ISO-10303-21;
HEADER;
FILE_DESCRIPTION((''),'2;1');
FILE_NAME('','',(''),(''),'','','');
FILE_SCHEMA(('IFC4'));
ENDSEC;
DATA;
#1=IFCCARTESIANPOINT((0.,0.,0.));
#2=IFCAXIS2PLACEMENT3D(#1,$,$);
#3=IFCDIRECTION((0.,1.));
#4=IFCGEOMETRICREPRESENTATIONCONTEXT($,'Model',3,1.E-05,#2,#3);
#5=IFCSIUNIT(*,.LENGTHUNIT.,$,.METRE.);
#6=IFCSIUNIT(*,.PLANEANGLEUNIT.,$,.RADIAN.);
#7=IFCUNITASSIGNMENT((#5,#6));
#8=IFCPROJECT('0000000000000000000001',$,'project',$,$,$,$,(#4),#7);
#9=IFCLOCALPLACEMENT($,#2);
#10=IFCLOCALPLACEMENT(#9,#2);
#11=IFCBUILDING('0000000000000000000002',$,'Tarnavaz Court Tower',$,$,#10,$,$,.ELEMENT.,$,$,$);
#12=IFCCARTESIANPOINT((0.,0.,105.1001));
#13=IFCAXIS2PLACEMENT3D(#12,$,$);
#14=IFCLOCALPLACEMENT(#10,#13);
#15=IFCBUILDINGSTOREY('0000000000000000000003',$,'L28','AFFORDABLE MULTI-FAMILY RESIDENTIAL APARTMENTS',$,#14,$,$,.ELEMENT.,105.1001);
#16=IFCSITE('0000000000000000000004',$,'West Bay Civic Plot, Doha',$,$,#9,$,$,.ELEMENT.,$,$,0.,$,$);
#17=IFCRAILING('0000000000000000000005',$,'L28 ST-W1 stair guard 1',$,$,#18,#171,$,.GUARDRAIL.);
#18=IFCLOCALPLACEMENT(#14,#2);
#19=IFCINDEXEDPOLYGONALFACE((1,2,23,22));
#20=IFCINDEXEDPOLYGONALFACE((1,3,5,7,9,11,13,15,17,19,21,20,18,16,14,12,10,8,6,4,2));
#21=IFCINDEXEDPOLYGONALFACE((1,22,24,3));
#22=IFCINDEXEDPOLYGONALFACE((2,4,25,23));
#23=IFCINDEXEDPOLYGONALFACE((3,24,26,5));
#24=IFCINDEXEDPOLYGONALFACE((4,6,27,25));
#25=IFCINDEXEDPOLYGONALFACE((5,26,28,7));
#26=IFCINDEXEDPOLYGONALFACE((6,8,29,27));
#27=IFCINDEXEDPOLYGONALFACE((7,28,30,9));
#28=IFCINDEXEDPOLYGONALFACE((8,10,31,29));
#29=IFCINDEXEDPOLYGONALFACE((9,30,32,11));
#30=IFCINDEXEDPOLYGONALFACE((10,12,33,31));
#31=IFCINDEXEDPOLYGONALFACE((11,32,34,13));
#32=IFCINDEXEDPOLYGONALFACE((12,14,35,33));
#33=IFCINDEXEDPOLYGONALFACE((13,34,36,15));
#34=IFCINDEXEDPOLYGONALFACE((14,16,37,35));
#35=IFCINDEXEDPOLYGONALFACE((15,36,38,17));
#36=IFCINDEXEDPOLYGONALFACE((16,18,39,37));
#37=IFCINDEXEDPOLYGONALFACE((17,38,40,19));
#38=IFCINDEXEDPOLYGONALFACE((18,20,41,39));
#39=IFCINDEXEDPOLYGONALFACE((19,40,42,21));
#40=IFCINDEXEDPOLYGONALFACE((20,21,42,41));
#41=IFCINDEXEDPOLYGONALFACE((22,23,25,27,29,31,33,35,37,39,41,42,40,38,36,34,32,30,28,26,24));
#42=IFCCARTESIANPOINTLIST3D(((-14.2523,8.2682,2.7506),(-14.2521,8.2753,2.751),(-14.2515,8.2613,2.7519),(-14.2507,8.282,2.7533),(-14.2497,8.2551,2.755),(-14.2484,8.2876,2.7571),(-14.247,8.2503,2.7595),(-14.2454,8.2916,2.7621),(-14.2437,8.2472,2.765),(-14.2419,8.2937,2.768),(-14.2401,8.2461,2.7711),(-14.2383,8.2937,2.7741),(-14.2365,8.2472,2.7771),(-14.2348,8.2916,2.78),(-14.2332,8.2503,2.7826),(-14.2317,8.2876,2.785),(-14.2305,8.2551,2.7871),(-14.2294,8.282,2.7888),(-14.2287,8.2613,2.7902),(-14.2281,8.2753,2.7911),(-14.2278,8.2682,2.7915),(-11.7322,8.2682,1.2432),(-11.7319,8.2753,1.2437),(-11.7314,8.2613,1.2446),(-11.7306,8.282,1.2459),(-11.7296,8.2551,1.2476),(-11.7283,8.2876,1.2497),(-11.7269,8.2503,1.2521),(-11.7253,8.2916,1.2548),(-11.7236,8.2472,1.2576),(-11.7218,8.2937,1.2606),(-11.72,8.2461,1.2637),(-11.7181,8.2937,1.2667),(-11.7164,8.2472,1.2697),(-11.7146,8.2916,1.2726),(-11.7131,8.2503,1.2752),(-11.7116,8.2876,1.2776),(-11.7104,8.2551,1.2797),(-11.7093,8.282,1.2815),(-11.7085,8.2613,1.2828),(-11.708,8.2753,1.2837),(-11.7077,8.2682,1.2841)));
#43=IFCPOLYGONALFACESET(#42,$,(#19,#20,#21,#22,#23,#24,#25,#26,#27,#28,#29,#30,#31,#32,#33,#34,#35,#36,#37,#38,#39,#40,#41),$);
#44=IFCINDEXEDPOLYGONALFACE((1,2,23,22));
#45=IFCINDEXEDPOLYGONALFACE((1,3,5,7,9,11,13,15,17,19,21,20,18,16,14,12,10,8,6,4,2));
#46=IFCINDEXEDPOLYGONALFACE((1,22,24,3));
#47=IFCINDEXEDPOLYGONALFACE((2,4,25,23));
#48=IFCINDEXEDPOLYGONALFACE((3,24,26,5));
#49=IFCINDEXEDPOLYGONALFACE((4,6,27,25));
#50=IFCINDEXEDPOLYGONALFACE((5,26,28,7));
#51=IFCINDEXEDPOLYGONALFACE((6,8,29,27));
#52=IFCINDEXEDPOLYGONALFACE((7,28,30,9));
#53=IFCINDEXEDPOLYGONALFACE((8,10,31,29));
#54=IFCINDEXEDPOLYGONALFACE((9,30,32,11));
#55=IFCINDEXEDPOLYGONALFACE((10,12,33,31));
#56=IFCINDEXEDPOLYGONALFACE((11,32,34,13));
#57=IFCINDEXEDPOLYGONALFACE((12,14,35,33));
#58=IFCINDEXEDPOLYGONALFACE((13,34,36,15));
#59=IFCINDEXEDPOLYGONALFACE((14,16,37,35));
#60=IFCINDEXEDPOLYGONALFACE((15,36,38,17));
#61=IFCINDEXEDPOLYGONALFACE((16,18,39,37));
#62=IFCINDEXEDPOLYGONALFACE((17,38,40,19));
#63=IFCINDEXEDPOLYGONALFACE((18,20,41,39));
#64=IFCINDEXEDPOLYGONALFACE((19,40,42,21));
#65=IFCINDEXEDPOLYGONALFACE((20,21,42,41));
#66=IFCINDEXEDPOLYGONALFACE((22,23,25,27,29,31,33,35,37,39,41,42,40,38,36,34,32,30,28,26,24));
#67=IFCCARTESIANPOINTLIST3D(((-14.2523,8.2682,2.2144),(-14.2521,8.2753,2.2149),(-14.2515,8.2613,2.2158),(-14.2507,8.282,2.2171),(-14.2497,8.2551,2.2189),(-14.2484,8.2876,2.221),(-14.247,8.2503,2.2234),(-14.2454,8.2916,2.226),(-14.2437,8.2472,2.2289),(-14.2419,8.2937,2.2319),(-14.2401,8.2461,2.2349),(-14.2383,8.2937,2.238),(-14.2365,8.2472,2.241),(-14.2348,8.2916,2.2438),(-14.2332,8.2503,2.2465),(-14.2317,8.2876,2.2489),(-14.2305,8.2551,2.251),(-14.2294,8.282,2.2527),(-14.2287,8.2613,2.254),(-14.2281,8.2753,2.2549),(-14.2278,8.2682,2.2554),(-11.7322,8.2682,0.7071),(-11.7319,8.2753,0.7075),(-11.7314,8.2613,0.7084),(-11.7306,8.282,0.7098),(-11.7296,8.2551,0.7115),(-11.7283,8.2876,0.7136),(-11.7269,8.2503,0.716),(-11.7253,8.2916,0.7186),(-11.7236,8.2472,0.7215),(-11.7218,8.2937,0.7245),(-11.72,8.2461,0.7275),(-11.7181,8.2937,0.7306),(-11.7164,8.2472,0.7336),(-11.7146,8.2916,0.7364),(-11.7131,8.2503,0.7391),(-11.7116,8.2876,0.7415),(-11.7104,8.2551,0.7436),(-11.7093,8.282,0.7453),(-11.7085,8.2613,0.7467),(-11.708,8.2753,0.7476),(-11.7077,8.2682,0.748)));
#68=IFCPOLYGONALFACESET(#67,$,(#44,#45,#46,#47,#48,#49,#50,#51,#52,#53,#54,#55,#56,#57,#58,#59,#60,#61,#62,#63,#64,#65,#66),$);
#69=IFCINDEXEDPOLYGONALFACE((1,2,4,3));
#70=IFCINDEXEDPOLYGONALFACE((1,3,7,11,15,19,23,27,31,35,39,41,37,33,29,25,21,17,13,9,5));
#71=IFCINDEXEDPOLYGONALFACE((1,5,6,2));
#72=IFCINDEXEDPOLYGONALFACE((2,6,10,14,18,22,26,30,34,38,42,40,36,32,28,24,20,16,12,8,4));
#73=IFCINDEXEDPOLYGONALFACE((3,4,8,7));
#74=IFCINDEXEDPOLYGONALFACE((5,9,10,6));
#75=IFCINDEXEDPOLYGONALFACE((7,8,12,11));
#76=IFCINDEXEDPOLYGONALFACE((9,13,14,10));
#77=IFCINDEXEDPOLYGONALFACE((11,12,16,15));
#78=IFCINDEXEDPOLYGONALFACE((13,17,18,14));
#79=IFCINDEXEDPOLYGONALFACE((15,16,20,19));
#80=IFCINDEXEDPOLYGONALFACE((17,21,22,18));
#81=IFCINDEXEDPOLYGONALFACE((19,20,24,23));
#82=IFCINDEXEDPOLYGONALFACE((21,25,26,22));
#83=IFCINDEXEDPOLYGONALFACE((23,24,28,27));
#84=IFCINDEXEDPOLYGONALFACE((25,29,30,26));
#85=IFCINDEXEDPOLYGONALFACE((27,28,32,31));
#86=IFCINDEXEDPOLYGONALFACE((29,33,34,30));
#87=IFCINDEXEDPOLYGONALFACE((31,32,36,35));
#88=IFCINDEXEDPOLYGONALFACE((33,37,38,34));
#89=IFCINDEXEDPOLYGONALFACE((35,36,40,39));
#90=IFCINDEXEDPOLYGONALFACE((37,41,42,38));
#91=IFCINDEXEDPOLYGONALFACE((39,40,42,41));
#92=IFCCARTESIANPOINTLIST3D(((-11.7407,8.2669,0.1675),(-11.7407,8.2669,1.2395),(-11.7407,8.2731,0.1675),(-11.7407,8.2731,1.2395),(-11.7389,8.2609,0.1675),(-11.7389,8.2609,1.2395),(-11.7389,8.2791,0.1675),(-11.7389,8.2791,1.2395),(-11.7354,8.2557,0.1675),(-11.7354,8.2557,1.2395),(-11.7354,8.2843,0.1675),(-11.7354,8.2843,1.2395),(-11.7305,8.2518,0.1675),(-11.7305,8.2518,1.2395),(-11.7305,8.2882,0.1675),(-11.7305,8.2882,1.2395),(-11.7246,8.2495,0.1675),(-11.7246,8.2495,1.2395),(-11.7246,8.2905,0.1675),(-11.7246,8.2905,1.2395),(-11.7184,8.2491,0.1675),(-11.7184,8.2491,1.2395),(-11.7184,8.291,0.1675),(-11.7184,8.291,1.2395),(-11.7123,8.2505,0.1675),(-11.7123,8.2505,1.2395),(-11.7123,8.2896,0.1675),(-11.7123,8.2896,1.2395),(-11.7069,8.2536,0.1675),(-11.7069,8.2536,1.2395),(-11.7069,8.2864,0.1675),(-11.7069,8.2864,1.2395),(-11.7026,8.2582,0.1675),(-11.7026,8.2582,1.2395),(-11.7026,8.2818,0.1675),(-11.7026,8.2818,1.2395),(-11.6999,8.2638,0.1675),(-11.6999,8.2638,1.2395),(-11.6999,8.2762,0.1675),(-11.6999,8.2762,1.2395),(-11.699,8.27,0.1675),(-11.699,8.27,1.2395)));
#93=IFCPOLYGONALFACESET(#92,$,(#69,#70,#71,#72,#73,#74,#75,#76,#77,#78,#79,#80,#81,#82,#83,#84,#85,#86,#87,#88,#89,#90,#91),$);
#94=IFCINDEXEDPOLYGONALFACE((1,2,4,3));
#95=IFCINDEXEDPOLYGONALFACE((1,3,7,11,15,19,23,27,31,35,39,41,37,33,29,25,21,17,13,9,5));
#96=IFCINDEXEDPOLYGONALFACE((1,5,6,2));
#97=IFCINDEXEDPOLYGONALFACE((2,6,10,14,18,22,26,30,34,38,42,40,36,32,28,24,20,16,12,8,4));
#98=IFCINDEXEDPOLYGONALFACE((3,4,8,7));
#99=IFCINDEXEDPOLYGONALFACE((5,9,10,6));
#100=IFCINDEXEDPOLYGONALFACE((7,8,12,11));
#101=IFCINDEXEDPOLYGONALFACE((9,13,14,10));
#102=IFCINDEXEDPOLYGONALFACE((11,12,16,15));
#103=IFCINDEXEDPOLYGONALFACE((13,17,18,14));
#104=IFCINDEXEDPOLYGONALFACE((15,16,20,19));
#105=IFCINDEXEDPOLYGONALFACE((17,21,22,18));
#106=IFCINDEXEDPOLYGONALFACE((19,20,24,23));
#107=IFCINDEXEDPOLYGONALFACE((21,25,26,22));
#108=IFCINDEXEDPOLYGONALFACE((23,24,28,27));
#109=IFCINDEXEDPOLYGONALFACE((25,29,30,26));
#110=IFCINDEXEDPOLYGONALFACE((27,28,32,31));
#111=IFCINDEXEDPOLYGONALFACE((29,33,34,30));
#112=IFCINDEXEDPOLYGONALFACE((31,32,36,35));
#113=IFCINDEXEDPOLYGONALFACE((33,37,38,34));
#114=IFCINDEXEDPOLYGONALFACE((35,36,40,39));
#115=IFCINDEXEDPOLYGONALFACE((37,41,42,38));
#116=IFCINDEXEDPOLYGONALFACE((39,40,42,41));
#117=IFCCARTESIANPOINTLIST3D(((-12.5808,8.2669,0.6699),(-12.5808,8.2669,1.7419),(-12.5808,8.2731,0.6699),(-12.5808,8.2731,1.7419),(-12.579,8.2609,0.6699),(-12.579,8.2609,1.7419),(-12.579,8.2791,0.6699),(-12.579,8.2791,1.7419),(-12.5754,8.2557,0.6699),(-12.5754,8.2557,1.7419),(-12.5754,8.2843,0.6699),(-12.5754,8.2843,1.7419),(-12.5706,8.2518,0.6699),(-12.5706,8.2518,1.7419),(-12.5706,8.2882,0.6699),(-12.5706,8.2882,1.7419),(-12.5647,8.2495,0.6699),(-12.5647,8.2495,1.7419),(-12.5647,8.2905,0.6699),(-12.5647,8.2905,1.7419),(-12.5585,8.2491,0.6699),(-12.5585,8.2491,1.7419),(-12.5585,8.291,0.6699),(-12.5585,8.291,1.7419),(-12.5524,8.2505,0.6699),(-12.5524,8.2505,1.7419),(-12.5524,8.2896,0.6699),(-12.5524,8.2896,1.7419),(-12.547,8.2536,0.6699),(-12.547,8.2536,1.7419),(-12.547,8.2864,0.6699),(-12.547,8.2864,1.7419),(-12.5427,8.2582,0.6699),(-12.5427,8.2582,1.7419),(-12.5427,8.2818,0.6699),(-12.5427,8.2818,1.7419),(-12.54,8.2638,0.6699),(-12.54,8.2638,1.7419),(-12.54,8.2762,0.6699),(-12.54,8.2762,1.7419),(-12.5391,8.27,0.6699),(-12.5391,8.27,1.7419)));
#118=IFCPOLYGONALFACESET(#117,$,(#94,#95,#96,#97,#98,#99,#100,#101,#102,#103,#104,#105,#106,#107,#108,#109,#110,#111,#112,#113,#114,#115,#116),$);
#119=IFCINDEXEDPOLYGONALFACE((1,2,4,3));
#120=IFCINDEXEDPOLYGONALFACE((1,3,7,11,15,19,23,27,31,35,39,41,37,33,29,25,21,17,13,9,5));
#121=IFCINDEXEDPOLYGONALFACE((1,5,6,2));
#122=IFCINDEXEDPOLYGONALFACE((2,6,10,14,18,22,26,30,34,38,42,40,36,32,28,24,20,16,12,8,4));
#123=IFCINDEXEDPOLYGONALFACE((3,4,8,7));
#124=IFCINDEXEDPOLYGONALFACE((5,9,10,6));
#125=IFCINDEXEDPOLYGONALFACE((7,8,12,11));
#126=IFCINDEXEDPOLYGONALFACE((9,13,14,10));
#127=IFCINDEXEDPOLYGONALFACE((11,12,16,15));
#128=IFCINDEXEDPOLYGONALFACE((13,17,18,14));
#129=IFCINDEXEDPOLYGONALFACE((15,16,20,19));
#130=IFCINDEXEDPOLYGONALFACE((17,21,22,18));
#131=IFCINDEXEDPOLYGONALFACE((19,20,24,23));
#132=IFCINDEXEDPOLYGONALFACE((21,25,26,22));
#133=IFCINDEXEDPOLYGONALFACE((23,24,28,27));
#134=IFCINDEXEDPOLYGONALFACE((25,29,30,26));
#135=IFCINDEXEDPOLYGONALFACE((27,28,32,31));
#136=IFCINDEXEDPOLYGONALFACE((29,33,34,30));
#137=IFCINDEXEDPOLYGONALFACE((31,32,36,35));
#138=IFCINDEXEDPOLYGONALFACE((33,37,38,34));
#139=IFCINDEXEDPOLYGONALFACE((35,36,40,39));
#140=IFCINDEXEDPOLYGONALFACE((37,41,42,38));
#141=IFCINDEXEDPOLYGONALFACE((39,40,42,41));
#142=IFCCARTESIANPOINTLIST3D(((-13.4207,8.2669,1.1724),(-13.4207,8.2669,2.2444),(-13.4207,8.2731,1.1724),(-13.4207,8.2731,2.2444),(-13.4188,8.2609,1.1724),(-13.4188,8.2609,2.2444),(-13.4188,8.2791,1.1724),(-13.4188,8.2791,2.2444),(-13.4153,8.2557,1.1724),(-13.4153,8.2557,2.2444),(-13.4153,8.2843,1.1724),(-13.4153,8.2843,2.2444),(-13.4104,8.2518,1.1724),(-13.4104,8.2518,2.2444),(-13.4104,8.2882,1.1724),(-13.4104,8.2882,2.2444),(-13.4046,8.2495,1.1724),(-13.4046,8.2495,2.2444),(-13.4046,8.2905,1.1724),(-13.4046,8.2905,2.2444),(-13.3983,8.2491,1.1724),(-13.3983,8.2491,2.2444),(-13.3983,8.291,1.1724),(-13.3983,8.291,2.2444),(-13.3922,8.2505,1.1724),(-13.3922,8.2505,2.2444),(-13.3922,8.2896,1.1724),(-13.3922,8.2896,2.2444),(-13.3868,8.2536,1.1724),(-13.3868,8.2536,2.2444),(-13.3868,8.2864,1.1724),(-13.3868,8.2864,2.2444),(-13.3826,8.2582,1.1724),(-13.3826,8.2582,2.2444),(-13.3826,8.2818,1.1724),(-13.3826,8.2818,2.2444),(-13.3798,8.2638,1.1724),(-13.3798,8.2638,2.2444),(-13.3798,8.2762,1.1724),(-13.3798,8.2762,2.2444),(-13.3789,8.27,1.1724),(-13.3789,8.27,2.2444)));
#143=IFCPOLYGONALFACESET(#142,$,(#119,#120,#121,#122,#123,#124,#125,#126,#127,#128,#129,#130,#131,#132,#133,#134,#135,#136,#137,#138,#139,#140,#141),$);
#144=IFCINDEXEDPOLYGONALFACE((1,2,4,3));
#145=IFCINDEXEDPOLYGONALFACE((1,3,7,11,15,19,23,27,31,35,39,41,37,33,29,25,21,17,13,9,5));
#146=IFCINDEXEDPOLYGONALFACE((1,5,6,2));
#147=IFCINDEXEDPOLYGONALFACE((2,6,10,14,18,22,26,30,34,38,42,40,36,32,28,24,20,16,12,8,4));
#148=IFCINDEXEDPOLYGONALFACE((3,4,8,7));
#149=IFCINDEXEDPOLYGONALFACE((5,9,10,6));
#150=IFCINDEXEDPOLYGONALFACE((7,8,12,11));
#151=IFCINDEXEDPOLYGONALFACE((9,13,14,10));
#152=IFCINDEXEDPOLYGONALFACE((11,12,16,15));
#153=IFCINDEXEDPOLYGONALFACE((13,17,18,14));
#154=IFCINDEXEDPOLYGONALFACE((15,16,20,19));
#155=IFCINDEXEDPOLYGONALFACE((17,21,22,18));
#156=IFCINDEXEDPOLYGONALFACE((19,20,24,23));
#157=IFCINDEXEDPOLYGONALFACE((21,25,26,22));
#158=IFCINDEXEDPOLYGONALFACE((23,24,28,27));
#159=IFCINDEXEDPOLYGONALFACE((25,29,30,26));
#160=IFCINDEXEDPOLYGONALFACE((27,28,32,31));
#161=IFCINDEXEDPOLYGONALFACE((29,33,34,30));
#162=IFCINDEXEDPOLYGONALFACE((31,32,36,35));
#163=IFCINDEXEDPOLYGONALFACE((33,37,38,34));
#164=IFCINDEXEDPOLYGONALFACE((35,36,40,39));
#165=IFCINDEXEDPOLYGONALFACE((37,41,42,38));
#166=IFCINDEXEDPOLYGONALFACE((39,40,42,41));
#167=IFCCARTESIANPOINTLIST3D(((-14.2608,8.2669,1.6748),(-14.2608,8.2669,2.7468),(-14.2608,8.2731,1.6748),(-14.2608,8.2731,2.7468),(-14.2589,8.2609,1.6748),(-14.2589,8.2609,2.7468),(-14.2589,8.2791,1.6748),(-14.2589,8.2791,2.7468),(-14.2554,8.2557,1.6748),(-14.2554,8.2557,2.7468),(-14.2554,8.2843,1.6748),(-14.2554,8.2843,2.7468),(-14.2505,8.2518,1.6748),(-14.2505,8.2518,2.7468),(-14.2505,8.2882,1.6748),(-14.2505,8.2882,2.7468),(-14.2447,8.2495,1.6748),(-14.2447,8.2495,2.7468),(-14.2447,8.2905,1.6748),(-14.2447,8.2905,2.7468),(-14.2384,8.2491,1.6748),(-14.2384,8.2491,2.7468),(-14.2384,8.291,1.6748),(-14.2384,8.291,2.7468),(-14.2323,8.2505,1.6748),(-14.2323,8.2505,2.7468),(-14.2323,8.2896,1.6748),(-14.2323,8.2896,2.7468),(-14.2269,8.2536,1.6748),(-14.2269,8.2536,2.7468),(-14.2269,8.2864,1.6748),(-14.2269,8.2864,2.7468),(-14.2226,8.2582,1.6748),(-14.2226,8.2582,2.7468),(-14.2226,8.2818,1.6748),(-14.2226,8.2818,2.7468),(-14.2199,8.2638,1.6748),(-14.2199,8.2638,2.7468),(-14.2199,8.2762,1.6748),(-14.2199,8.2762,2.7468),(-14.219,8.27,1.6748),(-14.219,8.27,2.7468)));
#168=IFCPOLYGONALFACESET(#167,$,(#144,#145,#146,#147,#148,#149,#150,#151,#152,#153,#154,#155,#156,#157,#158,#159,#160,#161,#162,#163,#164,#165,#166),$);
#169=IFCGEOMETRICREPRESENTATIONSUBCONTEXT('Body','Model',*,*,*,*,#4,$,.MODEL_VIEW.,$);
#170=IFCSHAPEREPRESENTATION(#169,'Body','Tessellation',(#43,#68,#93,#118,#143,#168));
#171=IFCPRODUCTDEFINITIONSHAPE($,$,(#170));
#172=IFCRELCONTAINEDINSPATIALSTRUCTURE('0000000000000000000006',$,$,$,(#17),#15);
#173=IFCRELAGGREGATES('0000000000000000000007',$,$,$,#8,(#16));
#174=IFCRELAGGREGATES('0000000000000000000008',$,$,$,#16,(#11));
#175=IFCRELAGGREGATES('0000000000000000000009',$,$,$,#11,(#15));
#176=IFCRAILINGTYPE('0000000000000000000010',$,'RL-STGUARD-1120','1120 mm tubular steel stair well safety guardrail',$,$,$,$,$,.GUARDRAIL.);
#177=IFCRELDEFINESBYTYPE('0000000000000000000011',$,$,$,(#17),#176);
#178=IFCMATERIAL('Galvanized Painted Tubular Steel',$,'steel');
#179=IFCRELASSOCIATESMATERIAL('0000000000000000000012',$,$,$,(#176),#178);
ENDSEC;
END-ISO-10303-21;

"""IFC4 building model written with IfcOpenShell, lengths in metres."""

from ifc_helpers import new_model, si_unit, direction, frame, origin, origin_2d, place, context, subcontext, project, spatial, circle, extrude, material, type_object, element, save


model = new_model("IFC4")

# Units and contexts
model_context = context("Model", 3, precision=1e-05, world=origin(), true_north=direction((0.0, 1.0)))
body_context = subcontext(model_context, "Body", "Model", "MODEL_VIEW")
ifc_project = project(units=[si_unit("LENGTHUNIT", "METRE"), si_unit("PLANEANGLEUNIT", "RADIAN")], contexts=[model_context])

# Site, building, storey
site_placement = place(None, origin())
site = spatial("IfcSite", under=ifc_project, at=site_placement, Name="West Bay Civic Plot, Doha", CompositionType="ELEMENT", RefElevation=0.0)
building_placement = place(site_placement, origin())
building = spatial("IfcBuilding", under=site, at=building_placement, Name="Tarnavaz Court Tower", CompositionType="ELEMENT")
storey_placement = place(building_placement, frame((0.0, 0.0, 105.1001)))
storey = spatial("IfcBuildingStorey", under=building, at=storey_placement, Name="L28", Description="AFFORDABLE MULTI-FAMILY RESIDENTIAL APARTMENTS", CompositionType="ELEMENT", Elevation=105.1001)

# Railing
ifc_material_1 = material(Name="Galvanized Painted Tubular Steel", Category="steel")
railing_type_1 = type_object("IfcRailingType", Name="RL-STGUARD-1120", Description="1120 mm tubular steel stair well safety guardrail", PredefinedType="GUARDRAIL", material=ifc_material_1)
railing_1_placement = place(storey_placement, frame((-11.72, 8.27, 0.1675)))
element("IfcRailing", 1, at=railing_1_placement, inside=storey, type_object=railing_type_1, Name="L28 ST-W1 stair guard 1", PredefinedType="GUARDRAIL", context=body_context, shape_type="SweptSolid", body=[
    extrude(circle(Radius=0.0239, at=origin_2d()), frame((0.0, 0.0, 1.0962), z_axis=(-0.858196, 0.0, 0.513321), x_axis=(0.0, -1.0, 0.0)), (0.0, 0.0, 1.0), 2.9365),
    extrude(circle(Radius=0.0239, at=origin_2d()), frame((0.0, 0.0, 0.5601), z_axis=(-0.858196, 0.0, 0.513321), x_axis=(0.0, -1.0, 0.0)), (0.0, 0.0, 1.0), 2.9365),
    extrude(circle(Radius=0.021, at=origin_2d()), origin(), (0.0, 0.0, 1.0), 1.072),
    extrude(circle(Radius=0.021, at=origin_2d()), frame((-0.8401, 0.0, 0.5024)), (0.0, 0.0, 1.0), 1.072),
    extrude(circle(Radius=0.021, at=origin_2d()), frame((-1.6799, 0.0, 1.0049)), (0.0, 0.0, 1.0), 1.072),
    extrude(circle(Radius=0.021, at=origin_2d()), frame((-2.52, 0.0, 1.5073)), (0.0, 0.0, 1.0), 1.072),
])

save(model, "model.ifc")
